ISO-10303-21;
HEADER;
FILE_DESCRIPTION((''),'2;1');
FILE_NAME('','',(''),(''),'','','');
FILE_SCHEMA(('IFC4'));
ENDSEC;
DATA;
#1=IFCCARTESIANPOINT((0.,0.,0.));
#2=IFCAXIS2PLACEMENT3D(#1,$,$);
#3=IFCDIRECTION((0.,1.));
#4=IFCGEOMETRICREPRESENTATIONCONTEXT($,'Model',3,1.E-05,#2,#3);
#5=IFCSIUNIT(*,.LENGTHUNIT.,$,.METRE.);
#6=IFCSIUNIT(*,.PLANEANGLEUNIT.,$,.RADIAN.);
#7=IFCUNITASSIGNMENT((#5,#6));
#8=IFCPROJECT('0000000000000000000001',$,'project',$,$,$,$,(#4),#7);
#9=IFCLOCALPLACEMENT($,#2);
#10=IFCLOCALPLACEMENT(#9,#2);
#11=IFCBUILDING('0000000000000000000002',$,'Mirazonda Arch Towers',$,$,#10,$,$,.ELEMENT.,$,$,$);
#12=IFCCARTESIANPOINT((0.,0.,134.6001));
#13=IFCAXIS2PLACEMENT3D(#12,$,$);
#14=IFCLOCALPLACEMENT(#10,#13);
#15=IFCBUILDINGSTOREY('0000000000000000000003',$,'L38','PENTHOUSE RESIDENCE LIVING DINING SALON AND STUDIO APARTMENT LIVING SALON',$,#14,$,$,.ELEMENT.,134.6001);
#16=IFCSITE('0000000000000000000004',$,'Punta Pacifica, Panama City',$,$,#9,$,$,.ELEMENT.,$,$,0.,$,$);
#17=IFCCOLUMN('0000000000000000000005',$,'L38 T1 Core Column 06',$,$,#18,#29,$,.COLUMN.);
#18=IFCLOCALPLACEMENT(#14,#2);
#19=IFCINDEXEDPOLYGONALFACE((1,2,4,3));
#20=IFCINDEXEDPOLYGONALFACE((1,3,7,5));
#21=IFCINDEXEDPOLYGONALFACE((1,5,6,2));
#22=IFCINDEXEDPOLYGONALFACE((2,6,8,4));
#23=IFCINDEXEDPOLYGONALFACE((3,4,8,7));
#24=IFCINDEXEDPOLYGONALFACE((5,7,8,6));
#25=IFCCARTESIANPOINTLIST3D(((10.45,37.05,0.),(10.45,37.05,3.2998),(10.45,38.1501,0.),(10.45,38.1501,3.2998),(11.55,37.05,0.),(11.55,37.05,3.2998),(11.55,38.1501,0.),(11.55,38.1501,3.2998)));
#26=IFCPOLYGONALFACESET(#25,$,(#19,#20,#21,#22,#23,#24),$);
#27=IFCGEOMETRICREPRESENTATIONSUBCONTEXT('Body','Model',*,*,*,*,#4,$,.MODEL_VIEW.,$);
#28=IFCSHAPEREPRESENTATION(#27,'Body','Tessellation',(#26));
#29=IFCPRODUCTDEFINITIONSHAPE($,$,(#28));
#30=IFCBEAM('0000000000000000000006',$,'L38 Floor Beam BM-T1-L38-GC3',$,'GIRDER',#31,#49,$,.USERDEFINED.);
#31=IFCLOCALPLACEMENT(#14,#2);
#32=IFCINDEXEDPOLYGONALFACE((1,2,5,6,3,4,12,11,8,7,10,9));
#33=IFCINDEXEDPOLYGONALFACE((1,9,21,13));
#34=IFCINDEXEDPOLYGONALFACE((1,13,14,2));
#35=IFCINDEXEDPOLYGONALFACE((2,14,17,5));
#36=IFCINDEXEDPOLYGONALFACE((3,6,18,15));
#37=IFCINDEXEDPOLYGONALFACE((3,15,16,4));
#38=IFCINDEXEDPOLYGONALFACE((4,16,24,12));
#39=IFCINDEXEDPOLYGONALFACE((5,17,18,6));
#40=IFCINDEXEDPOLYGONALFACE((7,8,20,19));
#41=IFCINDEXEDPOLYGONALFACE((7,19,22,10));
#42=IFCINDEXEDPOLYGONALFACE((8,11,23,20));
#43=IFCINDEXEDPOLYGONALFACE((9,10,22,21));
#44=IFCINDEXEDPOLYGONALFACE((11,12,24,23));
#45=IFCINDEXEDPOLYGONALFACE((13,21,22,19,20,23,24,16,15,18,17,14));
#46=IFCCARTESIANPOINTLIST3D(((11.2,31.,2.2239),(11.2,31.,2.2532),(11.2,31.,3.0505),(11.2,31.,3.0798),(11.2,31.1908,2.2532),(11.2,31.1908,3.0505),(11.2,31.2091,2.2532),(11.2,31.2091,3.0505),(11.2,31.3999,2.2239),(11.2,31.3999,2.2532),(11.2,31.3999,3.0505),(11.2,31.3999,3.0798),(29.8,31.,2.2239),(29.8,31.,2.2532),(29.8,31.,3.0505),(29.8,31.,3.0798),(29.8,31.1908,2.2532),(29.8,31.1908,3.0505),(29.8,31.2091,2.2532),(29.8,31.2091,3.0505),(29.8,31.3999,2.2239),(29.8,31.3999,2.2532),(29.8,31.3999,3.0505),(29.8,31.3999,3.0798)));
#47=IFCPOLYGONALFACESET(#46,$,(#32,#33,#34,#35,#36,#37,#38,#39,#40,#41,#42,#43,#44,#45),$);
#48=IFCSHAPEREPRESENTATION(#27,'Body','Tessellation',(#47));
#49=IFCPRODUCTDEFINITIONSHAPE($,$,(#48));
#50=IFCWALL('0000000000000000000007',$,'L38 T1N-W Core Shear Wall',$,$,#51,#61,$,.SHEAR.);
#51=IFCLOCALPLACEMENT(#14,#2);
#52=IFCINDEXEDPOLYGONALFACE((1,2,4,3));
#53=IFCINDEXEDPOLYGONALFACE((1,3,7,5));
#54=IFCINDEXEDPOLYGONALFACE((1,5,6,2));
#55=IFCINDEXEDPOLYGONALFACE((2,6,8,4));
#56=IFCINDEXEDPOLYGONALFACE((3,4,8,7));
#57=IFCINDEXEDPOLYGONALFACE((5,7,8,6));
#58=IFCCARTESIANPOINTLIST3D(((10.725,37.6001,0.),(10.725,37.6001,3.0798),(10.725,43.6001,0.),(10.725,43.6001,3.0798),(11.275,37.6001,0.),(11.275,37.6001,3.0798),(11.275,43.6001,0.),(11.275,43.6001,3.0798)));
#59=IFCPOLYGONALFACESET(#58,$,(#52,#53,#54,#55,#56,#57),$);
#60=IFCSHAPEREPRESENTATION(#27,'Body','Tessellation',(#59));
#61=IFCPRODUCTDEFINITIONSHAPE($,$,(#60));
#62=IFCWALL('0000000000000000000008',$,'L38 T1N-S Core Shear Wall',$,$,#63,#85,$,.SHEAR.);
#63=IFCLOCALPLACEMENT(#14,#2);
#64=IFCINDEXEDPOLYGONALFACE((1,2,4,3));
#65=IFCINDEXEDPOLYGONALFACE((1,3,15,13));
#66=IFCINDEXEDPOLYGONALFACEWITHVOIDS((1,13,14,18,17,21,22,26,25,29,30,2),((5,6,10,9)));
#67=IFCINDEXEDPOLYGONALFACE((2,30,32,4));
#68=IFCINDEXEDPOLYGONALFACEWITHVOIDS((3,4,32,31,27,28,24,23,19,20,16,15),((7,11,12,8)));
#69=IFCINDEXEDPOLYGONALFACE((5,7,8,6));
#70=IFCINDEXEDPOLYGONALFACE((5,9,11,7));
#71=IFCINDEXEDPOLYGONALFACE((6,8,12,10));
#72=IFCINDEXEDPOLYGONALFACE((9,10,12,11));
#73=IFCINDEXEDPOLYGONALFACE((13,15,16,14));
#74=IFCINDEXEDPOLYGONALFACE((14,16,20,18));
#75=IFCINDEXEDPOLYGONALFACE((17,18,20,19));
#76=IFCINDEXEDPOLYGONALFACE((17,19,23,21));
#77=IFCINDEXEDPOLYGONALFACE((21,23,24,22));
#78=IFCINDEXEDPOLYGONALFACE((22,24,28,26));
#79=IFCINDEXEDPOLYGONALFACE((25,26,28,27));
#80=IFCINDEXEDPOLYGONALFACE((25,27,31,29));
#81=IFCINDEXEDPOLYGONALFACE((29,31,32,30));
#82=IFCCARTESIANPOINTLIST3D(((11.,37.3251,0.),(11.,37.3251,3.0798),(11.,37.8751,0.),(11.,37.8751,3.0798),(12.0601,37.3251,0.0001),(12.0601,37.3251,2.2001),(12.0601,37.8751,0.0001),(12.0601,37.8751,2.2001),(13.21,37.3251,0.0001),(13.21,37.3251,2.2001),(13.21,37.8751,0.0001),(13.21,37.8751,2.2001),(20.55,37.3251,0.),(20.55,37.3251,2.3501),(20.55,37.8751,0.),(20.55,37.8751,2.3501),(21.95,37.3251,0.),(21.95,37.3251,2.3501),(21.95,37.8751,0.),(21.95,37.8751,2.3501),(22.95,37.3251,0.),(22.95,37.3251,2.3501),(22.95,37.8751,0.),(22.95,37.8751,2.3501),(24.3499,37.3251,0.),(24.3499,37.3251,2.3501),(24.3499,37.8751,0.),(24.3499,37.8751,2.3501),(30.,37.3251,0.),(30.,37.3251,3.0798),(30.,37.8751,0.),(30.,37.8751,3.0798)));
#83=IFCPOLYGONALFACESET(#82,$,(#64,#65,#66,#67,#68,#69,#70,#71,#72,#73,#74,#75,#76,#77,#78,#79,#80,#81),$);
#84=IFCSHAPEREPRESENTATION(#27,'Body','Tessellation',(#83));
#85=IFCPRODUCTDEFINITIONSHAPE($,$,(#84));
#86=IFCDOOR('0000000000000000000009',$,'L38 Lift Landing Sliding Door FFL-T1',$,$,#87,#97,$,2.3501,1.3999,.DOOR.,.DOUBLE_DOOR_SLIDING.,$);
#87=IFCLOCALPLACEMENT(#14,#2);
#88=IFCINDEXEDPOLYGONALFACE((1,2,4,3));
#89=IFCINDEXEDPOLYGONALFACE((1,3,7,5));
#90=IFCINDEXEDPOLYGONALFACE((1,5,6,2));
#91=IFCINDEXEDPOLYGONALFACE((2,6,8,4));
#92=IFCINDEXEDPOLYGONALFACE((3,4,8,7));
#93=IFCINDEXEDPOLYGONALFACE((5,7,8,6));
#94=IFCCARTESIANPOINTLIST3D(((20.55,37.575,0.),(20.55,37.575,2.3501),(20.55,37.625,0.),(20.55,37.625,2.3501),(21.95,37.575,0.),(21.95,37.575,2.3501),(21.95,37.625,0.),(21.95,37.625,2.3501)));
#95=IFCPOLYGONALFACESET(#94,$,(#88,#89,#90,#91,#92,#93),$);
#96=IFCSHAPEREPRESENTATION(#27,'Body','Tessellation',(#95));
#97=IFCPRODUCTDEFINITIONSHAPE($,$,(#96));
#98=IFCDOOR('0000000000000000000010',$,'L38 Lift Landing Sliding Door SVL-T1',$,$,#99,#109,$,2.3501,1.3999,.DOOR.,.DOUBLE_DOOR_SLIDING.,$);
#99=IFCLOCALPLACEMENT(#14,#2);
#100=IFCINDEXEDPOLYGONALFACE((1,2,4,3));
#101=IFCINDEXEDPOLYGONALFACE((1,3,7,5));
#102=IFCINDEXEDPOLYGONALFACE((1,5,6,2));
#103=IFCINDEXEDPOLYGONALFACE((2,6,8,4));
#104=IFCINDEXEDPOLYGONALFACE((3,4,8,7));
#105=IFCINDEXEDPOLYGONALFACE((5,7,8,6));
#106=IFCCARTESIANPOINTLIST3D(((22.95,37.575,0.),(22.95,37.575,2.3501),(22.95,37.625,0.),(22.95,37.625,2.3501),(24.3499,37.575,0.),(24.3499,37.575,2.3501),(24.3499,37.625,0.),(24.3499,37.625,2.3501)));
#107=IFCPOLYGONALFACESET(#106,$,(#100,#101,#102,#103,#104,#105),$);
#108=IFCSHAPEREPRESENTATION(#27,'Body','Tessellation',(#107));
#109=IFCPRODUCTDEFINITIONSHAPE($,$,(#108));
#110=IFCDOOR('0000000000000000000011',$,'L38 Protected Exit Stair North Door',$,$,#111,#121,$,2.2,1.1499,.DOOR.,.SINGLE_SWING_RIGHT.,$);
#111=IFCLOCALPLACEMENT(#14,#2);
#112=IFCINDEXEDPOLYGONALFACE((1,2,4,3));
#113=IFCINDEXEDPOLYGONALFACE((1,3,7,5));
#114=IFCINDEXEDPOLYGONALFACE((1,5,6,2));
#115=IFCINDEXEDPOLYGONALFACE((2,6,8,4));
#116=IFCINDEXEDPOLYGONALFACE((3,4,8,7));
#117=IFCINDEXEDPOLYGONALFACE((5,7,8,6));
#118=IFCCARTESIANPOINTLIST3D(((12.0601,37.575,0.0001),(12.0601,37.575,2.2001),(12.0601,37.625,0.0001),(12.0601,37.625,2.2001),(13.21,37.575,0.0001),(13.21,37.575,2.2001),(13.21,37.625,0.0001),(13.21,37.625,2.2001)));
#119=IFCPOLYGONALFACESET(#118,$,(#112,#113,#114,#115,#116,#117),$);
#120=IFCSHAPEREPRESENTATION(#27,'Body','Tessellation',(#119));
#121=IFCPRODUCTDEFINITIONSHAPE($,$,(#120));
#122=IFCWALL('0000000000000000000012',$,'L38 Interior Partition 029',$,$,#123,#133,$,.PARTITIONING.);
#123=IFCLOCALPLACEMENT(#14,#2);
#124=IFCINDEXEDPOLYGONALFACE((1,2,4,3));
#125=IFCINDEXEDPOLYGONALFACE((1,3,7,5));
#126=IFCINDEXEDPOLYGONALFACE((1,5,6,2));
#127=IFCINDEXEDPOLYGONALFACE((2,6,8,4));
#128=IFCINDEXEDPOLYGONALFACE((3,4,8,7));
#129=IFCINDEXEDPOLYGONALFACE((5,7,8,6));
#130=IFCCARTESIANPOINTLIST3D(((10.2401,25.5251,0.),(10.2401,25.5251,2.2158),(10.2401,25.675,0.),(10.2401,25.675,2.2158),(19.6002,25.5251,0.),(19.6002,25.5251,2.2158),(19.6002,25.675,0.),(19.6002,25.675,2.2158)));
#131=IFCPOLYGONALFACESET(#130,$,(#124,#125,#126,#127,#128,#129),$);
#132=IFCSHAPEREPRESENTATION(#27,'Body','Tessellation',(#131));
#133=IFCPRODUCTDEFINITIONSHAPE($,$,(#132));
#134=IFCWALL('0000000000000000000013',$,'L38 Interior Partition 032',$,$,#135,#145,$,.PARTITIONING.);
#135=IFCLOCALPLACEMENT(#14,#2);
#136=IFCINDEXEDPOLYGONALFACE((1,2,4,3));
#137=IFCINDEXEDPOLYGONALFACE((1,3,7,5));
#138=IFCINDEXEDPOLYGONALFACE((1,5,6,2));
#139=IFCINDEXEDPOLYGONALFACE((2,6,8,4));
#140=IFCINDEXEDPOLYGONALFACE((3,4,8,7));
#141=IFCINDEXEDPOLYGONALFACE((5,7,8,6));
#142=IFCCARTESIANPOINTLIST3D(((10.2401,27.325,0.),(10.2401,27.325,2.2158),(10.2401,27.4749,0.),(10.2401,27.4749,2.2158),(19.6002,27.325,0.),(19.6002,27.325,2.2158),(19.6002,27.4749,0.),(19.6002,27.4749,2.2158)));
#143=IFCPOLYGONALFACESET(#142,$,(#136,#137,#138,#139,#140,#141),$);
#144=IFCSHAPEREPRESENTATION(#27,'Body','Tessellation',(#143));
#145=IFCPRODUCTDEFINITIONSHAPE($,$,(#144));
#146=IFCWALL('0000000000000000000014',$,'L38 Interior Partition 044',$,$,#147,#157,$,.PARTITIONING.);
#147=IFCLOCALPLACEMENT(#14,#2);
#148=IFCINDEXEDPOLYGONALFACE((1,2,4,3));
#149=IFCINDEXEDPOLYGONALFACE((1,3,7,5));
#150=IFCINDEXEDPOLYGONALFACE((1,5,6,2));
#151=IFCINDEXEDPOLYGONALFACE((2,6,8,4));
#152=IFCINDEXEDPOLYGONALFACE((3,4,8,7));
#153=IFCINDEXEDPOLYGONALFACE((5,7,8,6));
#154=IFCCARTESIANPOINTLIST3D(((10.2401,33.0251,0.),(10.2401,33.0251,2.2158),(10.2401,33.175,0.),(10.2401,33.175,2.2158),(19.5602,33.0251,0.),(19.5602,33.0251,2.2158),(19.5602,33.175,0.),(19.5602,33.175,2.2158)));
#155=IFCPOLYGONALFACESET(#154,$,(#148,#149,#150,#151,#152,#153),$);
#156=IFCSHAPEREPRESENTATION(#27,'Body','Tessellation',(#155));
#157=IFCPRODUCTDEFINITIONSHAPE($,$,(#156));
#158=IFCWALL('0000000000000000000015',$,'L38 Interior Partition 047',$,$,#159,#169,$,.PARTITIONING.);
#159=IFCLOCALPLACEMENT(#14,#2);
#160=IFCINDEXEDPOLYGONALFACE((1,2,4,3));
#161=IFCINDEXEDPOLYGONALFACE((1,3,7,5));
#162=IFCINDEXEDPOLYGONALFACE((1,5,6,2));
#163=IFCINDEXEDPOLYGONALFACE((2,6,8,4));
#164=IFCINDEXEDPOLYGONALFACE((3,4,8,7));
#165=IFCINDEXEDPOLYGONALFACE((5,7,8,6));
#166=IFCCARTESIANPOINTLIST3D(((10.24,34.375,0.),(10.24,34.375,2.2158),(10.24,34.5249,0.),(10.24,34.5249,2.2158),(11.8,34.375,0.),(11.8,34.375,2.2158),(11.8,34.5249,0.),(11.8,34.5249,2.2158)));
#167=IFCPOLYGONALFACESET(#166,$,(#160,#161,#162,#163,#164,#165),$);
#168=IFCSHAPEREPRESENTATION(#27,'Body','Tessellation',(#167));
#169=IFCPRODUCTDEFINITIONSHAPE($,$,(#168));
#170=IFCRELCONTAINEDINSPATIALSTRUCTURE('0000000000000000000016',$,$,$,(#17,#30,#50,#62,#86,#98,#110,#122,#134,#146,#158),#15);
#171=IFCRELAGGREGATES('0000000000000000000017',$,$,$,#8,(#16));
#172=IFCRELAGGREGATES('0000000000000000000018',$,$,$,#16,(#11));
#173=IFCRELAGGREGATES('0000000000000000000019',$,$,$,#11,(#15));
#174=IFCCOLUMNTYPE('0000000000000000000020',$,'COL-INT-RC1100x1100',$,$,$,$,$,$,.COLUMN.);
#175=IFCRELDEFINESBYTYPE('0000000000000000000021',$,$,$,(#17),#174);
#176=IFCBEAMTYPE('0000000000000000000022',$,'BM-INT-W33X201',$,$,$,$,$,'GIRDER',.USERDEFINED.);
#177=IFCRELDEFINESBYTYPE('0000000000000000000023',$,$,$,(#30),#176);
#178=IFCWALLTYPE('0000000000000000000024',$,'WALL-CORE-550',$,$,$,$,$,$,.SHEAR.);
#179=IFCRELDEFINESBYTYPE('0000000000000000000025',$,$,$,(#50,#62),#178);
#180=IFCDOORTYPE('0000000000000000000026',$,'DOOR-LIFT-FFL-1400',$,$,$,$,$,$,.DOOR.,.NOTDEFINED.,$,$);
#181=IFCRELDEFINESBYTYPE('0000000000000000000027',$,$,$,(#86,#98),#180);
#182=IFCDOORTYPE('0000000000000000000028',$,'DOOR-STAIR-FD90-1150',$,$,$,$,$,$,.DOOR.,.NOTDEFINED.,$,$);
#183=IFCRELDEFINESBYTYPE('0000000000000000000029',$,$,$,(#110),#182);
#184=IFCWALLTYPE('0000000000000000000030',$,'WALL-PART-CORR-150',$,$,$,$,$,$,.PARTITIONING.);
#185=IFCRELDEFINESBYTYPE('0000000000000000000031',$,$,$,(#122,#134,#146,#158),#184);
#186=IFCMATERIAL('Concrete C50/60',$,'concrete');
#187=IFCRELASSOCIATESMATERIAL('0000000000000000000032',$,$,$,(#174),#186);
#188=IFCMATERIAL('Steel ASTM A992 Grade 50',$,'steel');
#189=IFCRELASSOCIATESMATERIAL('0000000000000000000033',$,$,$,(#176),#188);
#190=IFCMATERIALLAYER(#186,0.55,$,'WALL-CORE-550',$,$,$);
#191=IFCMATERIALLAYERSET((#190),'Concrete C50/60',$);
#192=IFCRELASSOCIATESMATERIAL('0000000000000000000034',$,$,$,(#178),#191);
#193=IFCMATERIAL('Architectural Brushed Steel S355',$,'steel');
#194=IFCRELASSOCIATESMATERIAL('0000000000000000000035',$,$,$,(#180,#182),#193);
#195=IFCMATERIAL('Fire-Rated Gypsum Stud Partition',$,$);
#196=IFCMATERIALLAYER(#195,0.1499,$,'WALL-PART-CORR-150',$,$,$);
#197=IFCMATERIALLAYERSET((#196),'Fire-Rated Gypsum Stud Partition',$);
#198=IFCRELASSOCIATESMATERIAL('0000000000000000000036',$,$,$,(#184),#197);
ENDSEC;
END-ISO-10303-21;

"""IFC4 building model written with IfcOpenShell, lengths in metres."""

from ifc_helpers import new_model, si_unit, direction, frame, frame_2d, origin, origin_2d, place, context, subcontext, project, spatial, rectangle, i_section, extrude, material, layer, layer_set, material_profile, profile_set, type_object, element, fill, save


model = new_model("IFC4")

# Units and contexts
model_context = context("Model", 3, precision=1e-05, world=origin(), true_north=direction((0.0, 1.0)))
body_context = subcontext(model_context, "Body", "Model", "MODEL_VIEW")
ifc_project = project(units=[si_unit("LENGTHUNIT", "METRE"), si_unit("PLANEANGLEUNIT", "RADIAN")], contexts=[model_context])

# Site, building, storey
site_placement = place(None, origin())
site = spatial("IfcSite", under=ifc_project, at=site_placement, Name="Punta Pacifica, Panama City", CompositionType="ELEMENT", RefElevation=0.0)
building_placement = place(site_placement, origin())
building = spatial("IfcBuilding", under=site, at=building_placement, Name="Mirazonda Arch Towers", CompositionType="ELEMENT")
storey_placement = place(building_placement, frame((0.0, 0.0, 134.6001)))
storey = spatial("IfcBuildingStorey", under=building, at=storey_placement, Name="L38", Description="PENTHOUSE RESIDENCE LIVING DINING SALON AND STUDIO APARTMENT LIVING SALON", CompositionType="ELEMENT", Elevation=134.6001)

# Column
ifc_material_1 = material(Name="Concrete C50/60", Category="concrete")
ifc_material_profile_1 = material_profile(ifc_material_1, rectangle(XDim=1.1001, YDim=1.1001, at=origin_2d()), Name="RC1100x1100")
ifc_profile_set_1 = profile_set([ifc_material_profile_1], Name="Concrete C50/60")
column_type = type_object("IfcColumnType", Name="COL-INT-RC1100x1100", PredefinedType="COLUMN", material=ifc_profile_set_1)
column_placement = place(storey_placement, frame((11.0, 37.6001, 0.0), z_axis=(0.0, 0.0, 1.0), x_axis=(1.0, 0.0, 0.0)))
element("IfcColumn", 1, at=column_placement, inside=storey, type_object=column_type, Name="L38 T1 Core Column 06", PredefinedType="COLUMN", context=body_context, shape_type="SweptSolid", body=[
    extrude(rectangle(XDim=1.1001, YDim=1.1001, at=origin_2d()), origin(), (0.0, 0.0, 1.0), 3.2998),
])

# Beam
ifc_material_2 = material(Name="Steel ASTM A992 Grade 50", Category="steel")
ifc_material_profile_2 = material_profile(ifc_material_2, i_section(OverallWidth=0.3999, OverallDepth=0.856, WebThickness=0.0183, FlangeThickness=0.0293, at=origin_2d()), Name="W33X201")
ifc_profile_set_2 = profile_set([ifc_material_profile_2], Name="Steel ASTM A992 Grade 50")
beam_type = type_object("IfcBeamType", Name="BM-INT-W33X201", ElementType="GIRDER", PredefinedType="USERDEFINED", material=ifc_profile_set_2)
beam_placement = place(storey_placement, frame((11.2, 31.2, 2.6519), z_axis=(1.0, 0.0, 0.0), x_axis=(0.0, 1.0, 0.0)))
element("IfcBeam", 2, at=beam_placement, inside=storey, type_object=beam_type, Name="L38 Floor Beam BM-T1-L38-GC3", ObjectType="GIRDER", PredefinedType="USERDEFINED", context=body_context, shape_type="SweptSolid", body=[
    extrude(i_section(OverallWidth=0.3999, OverallDepth=0.856, WebThickness=0.0183, FlangeThickness=0.0293, at=origin_2d()), origin(), (0.0, 0.0, 1.0), 18.6001),
])

# Wall
ifc_layer_1 = layer(ifc_material_1, 0.55, Name="WALL-CORE-550")
ifc_layer_set_1 = layer_set([ifc_layer_1], Name="Concrete C50/60")
wall_type_1 = type_object("IfcWallType", Name="WALL-CORE-550", PredefinedType="SHEAR", material=ifc_layer_set_1)
wall_1_placement = place(storey_placement, frame((11.0, 37.6001, 0.0), z_axis=(0.0, 0.0, 1.0), x_axis=(0.0, 1.0, 0.0)))
element("IfcWall", 3, at=wall_1_placement, inside=storey, type_object=wall_type_1, Name="L38 T1N-W Core Shear Wall", PredefinedType="SHEAR", context=body_context, shape_type="SweptSolid", body=[
    extrude(rectangle(XDim=6.0, YDim=0.55, at=frame_2d((3.0, 0.0))), origin(), (0.0, 0.0, 1.0), 3.0798),
])

# Wall, openings, doors
wall_2_placement = place(storey_placement, frame((11.0, 37.6001, 0.0), z_axis=(0.0, 0.0, 1.0), x_axis=(1.0, 0.0, 0.0)))
wall_2 = element("IfcWall", 4, at=wall_2_placement, inside=storey, type_object=wall_type_1, Name="L38 T1N-S Core Shear Wall", PredefinedType="SHEAR", context=body_context, shape_type="SweptSolid", body=[
    extrude(rectangle(XDim=19.0, YDim=0.55, at=frame_2d((9.5, 0.0))), origin(), (0.0, 0.0, 1.0), 3.0798),
])
opening_1_placement = place(wall_2_placement, frame((1.0601, 0.0, 0.0)))
opening_1 = element("IfcOpeningElement", 5, at=opening_1_placement, cuts=wall_2, PredefinedType="OPENING", context=body_context, shape_type="SweptSolid", body=[
    extrude(rectangle(XDim=1.1499, YDim=2.2, at=frame_2d((0.575, 1.1001))), frame((0.0, 0.2849, 0.0), z_axis=(0.0, -1.0, 0.0), x_axis=(1.0, 0.0, 0.0)), (0.0, 0.0, 1.0), 0.5701),
])
opening_2_placement = place(wall_2_placement, frame((9.55, 0.0, 0.0)))
opening_2 = element("IfcOpeningElement", 6, at=opening_2_placement, cuts=wall_2, PredefinedType="OPENING", context=body_context, shape_type="SweptSolid", body=[
    extrude(rectangle(XDim=1.3999, YDim=2.3501, at=frame_2d((0.7, 1.175))), frame((0.0, 0.2849, 0.0), z_axis=(0.0, -1.0, 0.0), x_axis=(1.0, 0.0, 0.0)), (0.0, 0.0, 1.0), 0.5701),
])
opening_3_placement = place(wall_2_placement, frame((11.95, 0.0, 0.0)))
opening_3 = element("IfcOpeningElement", 7, at=opening_3_placement, cuts=wall_2, PredefinedType="OPENING", context=body_context, shape_type="SweptSolid", body=[
    extrude(rectangle(XDim=1.3999, YDim=2.3501, at=frame_2d((0.7, 1.175))), frame((0.0, 0.2849, 0.0), z_axis=(0.0, -1.0, 0.0), x_axis=(1.0, 0.0, 0.0)), (0.0, 0.0, 1.0), 0.5701),
])
ifc_material_3 = material(Name="Architectural Brushed Steel S355", Category="steel")
door_type_1 = type_object("IfcDoorType", Name="DOOR-LIFT-FFL-1400", OperationType="NOTDEFINED", PredefinedType="DOOR", material=ifc_material_3)
door_1_placement = place(opening_2_placement, origin())
door_1 = element("IfcDoor", 8, at=door_1_placement, inside=storey, type_object=door_type_1, Name="L38 Lift Landing Sliding Door FFL-T1", OperationType="DOUBLE_DOOR_SLIDING", OverallHeight=2.3501, OverallWidth=1.3999, PredefinedType="DOOR", context=body_context, shape_type="SweptSolid", body=[
    extrude(rectangle(XDim=1.3999, YDim=2.3501, at=frame_2d((0.7, 1.175))), frame((0.0, 0.0249, 0.0), z_axis=(0.0, -1.0, 0.0), x_axis=(1.0, 0.0, 0.0)), (0.0, 0.0, 1.0), 0.05),
])
fill(opening_2, door_1)
door_2_placement = place(opening_3_placement, origin())
door_2 = element("IfcDoor", 9, at=door_2_placement, inside=storey, type_object=door_type_1, Name="L38 Lift Landing Sliding Door SVL-T1", OperationType="DOUBLE_DOOR_SLIDING", OverallHeight=2.3501, OverallWidth=1.3999, PredefinedType="DOOR", context=body_context, shape_type="SweptSolid", body=[
    extrude(rectangle(XDim=1.3999, YDim=2.3501, at=frame_2d((0.7, 1.175))), frame((0.0, 0.0249, 0.0), z_axis=(0.0, -1.0, 0.0), x_axis=(1.0, 0.0, 0.0)), (0.0, 0.0, 1.0), 0.05),
])
fill(opening_3, door_2)
door_type_2 = type_object("IfcDoorType", Name="DOOR-STAIR-FD90-1150", OperationType="NOTDEFINED", PredefinedType="DOOR", material=ifc_material_3)
door_3_placement = place(opening_1_placement, origin())
door_3 = element("IfcDoor", 10, at=door_3_placement, inside=storey, type_object=door_type_2, Name="L38 Protected Exit Stair North Door", OperationType="SINGLE_SWING_RIGHT", OverallHeight=2.2, OverallWidth=1.1499, PredefinedType="DOOR", context=body_context, shape_type="SweptSolid", body=[
    extrude(rectangle(XDim=1.1499, YDim=2.2, at=frame_2d((0.575, 1.1001))), frame((0.0, 0.0249, 0.0), z_axis=(0.0, -1.0, 0.0), x_axis=(1.0, 0.0, 0.0)), (0.0, 0.0, 1.0), 0.05),
])
fill(opening_1, door_3)

# Walls
ifc_material_4 = material(Name="Fire-Rated Gypsum Stud Partition")
ifc_layer_2 = layer(ifc_material_4, 0.1499, Name="WALL-PART-CORR-150")
ifc_layer_set_2 = layer_set([ifc_layer_2], Name="Fire-Rated Gypsum Stud Partition")
wall_type_2 = type_object("IfcWallType", Name="WALL-PART-CORR-150", PredefinedType="PARTITIONING", material=ifc_layer_set_2)
for number, where, z_axis, x_axis, name in (
    (11, (10.24, 25.6001, 0.0), (0.0, 0.0, 1.0), (1.0, 0.0, 0.0), "L38 Interior Partition 029"),
    (12, (10.24, 27.3999, 0.0), (0.0, 0.0, 1.0), (1.0, 0.0, 0.0), "L38 Interior Partition 032"),
):
    element("IfcWall", number, at=place(storey_placement, frame(where, z_axis=z_axis, x_axis=x_axis)), inside=storey, type_object=wall_type_2, Name=name, PredefinedType="PARTITIONING", context=body_context, shape_type="SweptSolid", body=[
        extrude(rectangle(XDim=9.3601, YDim=0.1499, at=frame_2d((4.6802, 0.0))), origin(), (0.0, 0.0, 1.0), 2.2158),
    ])
wall_3_placement = place(storey_placement, frame((10.24, 33.1001, 0.0), z_axis=(0.0, 0.0, 1.0), x_axis=(1.0, 0.0, 0.0)))
element("IfcWall", 13, at=wall_3_placement, inside=storey, type_object=wall_type_2, Name="L38 Interior Partition 044", PredefinedType="PARTITIONING", context=body_context, shape_type="SweptSolid", body=[
    extrude(rectangle(XDim=9.3201, YDim=0.1499, at=frame_2d((4.6602, 0.0))), origin(), (0.0, 0.0, 1.0), 2.2158),
])
wall_4_placement = place(storey_placement, frame((10.24, 34.45, 0.0), z_axis=(0.0, 0.0, 1.0), x_axis=(1.0, 0.0, 0.0)))
element("IfcWall", 14, at=wall_4_placement, inside=storey, type_object=wall_type_2, Name="L38 Interior Partition 047", PredefinedType="PARTITIONING", context=body_context, shape_type="SweptSolid", body=[
    extrude(rectangle(XDim=1.5601, YDim=0.1499, at=frame_2d((0.78, 0.0))), origin(), (0.0, 0.0, 1.0), 2.2158),
])

save(model, "model.ifc")
